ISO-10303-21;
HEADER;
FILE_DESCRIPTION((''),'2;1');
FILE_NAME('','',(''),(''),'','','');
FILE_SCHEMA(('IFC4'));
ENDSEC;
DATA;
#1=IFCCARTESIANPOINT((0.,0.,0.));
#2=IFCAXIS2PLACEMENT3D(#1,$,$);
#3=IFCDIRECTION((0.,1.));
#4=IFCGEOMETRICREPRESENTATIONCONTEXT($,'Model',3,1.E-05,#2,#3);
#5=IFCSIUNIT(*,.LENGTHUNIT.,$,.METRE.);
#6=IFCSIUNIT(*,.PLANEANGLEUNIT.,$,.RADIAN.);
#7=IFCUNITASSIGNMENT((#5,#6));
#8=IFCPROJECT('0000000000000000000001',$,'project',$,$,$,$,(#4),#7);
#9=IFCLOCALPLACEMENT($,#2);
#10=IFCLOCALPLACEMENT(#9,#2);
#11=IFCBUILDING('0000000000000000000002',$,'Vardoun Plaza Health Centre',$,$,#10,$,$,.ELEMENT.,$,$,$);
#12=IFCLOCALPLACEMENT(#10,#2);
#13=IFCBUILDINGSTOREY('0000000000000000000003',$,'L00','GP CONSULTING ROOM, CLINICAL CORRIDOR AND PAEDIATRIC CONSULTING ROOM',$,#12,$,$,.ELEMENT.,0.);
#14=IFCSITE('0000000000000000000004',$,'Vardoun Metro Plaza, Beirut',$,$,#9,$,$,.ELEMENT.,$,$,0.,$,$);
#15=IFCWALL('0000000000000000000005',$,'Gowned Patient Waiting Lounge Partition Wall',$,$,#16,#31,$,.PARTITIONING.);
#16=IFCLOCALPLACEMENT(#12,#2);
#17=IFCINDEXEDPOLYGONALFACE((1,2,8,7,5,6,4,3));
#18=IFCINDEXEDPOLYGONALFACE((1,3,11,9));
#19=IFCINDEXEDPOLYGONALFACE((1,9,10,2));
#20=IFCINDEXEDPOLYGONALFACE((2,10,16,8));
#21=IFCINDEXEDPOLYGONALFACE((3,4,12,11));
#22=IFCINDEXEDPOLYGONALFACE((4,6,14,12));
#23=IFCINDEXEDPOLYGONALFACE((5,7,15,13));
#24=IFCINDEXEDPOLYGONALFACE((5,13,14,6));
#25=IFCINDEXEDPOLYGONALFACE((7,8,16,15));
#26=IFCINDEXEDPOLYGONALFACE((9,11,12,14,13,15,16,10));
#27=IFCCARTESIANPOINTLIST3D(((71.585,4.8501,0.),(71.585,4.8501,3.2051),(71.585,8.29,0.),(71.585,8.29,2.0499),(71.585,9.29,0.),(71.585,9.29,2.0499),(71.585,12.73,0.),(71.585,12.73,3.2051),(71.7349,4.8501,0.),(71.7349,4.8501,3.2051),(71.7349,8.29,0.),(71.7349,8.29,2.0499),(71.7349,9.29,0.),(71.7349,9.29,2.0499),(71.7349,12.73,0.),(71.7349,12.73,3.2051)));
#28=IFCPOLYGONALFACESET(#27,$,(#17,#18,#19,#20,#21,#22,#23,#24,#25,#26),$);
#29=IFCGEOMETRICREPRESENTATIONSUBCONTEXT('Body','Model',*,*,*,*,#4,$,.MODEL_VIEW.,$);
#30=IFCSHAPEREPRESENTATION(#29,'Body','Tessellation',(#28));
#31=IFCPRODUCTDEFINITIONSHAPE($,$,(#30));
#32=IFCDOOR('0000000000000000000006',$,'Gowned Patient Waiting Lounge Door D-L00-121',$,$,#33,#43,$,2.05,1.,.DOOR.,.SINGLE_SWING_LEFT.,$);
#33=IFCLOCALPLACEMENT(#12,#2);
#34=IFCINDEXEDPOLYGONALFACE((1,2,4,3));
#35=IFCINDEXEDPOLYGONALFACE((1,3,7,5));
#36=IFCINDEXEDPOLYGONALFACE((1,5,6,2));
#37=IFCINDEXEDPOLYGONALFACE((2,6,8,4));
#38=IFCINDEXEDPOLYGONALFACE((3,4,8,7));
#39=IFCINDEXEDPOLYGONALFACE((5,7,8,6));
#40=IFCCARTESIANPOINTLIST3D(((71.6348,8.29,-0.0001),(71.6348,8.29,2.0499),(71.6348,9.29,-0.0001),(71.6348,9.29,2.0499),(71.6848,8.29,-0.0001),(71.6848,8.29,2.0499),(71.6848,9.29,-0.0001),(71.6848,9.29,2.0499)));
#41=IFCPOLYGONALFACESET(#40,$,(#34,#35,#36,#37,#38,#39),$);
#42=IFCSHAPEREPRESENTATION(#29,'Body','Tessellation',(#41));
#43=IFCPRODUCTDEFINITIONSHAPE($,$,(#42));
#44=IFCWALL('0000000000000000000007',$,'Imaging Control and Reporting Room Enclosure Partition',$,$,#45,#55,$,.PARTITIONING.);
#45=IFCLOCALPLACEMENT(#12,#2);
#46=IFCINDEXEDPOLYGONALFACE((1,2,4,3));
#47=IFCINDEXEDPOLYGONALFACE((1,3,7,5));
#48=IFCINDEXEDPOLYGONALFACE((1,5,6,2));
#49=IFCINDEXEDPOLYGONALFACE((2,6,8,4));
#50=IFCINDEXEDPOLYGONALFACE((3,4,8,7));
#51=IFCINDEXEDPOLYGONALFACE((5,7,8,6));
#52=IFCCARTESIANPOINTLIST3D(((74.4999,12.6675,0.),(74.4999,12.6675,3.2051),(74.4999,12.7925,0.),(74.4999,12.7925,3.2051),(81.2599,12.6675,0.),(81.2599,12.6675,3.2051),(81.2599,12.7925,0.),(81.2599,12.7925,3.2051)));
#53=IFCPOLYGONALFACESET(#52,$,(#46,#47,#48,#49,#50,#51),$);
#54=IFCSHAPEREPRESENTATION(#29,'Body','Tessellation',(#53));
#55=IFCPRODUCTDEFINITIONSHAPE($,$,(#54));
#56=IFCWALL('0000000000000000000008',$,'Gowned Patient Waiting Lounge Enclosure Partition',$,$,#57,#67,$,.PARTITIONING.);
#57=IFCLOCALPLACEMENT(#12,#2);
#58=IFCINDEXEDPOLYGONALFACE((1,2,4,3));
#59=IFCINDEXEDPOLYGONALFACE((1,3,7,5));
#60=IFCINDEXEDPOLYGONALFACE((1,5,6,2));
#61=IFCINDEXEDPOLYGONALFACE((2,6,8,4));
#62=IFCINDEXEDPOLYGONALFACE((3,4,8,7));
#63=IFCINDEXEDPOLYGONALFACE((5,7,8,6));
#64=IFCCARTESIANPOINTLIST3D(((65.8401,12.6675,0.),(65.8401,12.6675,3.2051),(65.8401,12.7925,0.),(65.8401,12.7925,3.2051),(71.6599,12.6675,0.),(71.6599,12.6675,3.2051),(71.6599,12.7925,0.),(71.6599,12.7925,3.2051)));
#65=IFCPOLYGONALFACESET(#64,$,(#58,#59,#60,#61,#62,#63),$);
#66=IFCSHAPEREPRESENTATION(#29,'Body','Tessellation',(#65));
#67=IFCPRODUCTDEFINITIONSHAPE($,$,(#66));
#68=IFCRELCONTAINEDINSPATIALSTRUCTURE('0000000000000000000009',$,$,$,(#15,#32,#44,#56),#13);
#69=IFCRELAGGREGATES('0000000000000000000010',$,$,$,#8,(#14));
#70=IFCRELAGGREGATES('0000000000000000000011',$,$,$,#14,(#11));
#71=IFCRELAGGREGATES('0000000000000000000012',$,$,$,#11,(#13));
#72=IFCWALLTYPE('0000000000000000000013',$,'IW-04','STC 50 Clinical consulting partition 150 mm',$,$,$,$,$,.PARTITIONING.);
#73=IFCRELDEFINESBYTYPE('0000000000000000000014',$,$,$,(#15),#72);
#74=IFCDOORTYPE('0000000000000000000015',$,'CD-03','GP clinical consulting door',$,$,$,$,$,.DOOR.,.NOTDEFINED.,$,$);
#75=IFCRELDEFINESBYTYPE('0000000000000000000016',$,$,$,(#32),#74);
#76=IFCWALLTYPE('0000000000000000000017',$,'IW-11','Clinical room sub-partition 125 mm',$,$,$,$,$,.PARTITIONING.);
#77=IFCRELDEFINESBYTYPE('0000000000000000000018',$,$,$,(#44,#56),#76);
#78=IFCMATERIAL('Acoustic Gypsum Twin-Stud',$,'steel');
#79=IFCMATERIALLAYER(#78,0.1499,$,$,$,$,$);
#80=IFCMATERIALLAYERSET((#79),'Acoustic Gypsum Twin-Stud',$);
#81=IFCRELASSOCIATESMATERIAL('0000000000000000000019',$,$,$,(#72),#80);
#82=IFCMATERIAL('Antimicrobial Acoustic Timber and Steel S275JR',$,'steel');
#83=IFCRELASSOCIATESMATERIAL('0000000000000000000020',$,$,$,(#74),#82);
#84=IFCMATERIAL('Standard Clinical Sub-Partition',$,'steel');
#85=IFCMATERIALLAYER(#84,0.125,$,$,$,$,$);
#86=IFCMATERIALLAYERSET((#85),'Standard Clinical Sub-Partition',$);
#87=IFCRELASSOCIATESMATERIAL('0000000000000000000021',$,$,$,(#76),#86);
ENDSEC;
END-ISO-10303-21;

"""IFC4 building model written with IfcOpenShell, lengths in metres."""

from ifc_helpers import new_model, si_unit, direction, frame, frame_2d, origin, place, context, subcontext, project, spatial, rectangle, extrude, material, layer, layer_set, type_object, element, fill, save


model = new_model("IFC4")

# Units and contexts
model_context = context("Model", 3, precision=1e-05, world=origin(), true_north=direction((0.0, 1.0)))
body_context = subcontext(model_context, "Body", "Model", "MODEL_VIEW")
ifc_project = project(units=[si_unit("LENGTHUNIT", "METRE"), si_unit("PLANEANGLEUNIT", "RADIAN")], contexts=[model_context])

# Site, building, storey
site_placement = place(None, origin())
site = spatial("IfcSite", under=ifc_project, at=site_placement, Name="Vardoun Metro Plaza, Beirut", CompositionType="ELEMENT", RefElevation=0.0)
building_placement = place(site_placement, origin())
building = spatial("IfcBuilding", under=site, at=building_placement, Name="Vardoun Plaza Health Centre", CompositionType="ELEMENT")
storey_placement = place(building_placement, origin())
storey = spatial("IfcBuildingStorey", under=building, at=storey_placement, Name="L00", Description="GP CONSULTING ROOM, CLINICAL CORRIDOR AND PAEDIATRIC CONSULTING ROOM", CompositionType="ELEMENT", Elevation=0.0)

# Wall, opening, door
ifc_material_1 = material(Name="Acoustic Gypsum Twin-Stud", Category="steel")
ifc_layer_1 = layer(ifc_material_1, 0.1499)
ifc_layer_set_1 = layer_set([ifc_layer_1], Name="Acoustic Gypsum Twin-Stud")
wall_type_1 = type_object("IfcWallType", Name="IW-04", Description="STC 50 Clinical consulting partition 150 mm", PredefinedType="PARTITIONING", material=ifc_layer_set_1)
wall_1_placement = place(storey_placement, frame((71.6599, 12.73, 0.0), z_axis=(0.0, 0.0, 1.0), x_axis=(0.0, -1.0, 0.0)))
wall_1 = element("IfcWall", 1, at=wall_1_placement, inside=storey, type_object=wall_type_1, Name="Gowned Patient Waiting Lounge Partition Wall", PredefinedType="PARTITIONING", context=body_context, shape_type="SweptSolid", body=[
    extrude(rectangle(XDim=7.8799, YDim=0.1499, at=frame_2d((3.9399, 0.0))), origin(), (0.0, 0.0, 1.0), 3.2051),
])
opening_placement = place(wall_1_placement, frame((3.4399, 0.0, 0.0)))
opening = element("IfcOpeningElement", 2, at=opening_placement, cuts=wall_1, PredefinedType="OPENING", context=body_context, shape_type="SweptSolid", body=[
    extrude(rectangle(XDim=1.0, YDim=2.05, at=frame_2d((0.5, 1.0249))), frame((0.0, 0.075, 0.0), z_axis=(0.0, -1.0, 0.0), x_axis=(1.0, 0.0, 0.0)), (0.0, 0.0, 1.0), 0.1499),
])
ifc_material_2 = material(Name="Antimicrobial Acoustic Timber and Steel S275JR", Category="steel")
door_type = type_object("IfcDoorType", Name="CD-03", Description="GP clinical consulting door", OperationType="NOTDEFINED", PredefinedType="DOOR", material=ifc_material_2)
door_placement = place(opening_placement, origin())
door = element("IfcDoor", 3, at=door_placement, inside=storey, type_object=door_type, Name="Gowned Patient Waiting Lounge Door D-L00-121", OperationType="SINGLE_SWING_LEFT", OverallHeight=2.05, OverallWidth=1.0, PredefinedType="DOOR", context=body_context, shape_type="SweptSolid", body=[
    extrude(rectangle(XDim=1.0, YDim=2.05, at=frame_2d((0.5, 1.0249))), frame((0.0, 0.0249, 0.0), z_axis=(0.0, -1.0, 0.0), x_axis=(1.0, 0.0, 0.0)), (0.0, 0.0, 1.0), 0.05),
])
fill(opening, door)

# Walls
ifc_material_3 = material(Name="Standard Clinical Sub-Partition", Category="steel")
ifc_layer_2 = layer(ifc_material_3, 0.125)
ifc_layer_set_2 = layer_set([ifc_layer_2], Name="Standard Clinical Sub-Partition")
wall_type_2 = type_object("IfcWallType", Name="IW-11", Description="Clinical room sub-partition 125 mm", PredefinedType="PARTITIONING", material=ifc_layer_set_2)
wall_2_placement = place(storey_placement, frame((74.5, 12.73, 0.0), z_axis=(0.0, 0.0, 1.0), x_axis=(1.0, 0.0, 0.0)))
element("IfcWall", 4, at=wall_2_placement, inside=storey, type_object=wall_type_2, Name="Imaging Control and Reporting Room Enclosure Partition", PredefinedType="PARTITIONING", context=body_context, shape_type="SweptSolid", body=[
    extrude(rectangle(XDim=6.76, YDim=0.125, at=frame_2d((3.3799, 0.0))), origin(), (0.0, 0.0, 1.0), 3.2051),
])
wall_3_placement = place(storey_placement, frame((65.8401, 12.73, 0.0), z_axis=(0.0, 0.0, 1.0), x_axis=(1.0, 0.0, 0.0)))
element("IfcWall", 5, at=wall_3_placement, inside=storey, type_object=wall_type_2, Name="Gowned Patient Waiting Lounge Enclosure Partition", PredefinedType="PARTITIONING", context=body_context, shape_type="SweptSolid", body=[
    extrude(rectangle(XDim=5.8198, YDim=0.125, at=frame_2d((2.9099, 0.0))), origin(), (0.0, 0.0, 1.0), 3.2051),
])

save(model, "model.ifc")
